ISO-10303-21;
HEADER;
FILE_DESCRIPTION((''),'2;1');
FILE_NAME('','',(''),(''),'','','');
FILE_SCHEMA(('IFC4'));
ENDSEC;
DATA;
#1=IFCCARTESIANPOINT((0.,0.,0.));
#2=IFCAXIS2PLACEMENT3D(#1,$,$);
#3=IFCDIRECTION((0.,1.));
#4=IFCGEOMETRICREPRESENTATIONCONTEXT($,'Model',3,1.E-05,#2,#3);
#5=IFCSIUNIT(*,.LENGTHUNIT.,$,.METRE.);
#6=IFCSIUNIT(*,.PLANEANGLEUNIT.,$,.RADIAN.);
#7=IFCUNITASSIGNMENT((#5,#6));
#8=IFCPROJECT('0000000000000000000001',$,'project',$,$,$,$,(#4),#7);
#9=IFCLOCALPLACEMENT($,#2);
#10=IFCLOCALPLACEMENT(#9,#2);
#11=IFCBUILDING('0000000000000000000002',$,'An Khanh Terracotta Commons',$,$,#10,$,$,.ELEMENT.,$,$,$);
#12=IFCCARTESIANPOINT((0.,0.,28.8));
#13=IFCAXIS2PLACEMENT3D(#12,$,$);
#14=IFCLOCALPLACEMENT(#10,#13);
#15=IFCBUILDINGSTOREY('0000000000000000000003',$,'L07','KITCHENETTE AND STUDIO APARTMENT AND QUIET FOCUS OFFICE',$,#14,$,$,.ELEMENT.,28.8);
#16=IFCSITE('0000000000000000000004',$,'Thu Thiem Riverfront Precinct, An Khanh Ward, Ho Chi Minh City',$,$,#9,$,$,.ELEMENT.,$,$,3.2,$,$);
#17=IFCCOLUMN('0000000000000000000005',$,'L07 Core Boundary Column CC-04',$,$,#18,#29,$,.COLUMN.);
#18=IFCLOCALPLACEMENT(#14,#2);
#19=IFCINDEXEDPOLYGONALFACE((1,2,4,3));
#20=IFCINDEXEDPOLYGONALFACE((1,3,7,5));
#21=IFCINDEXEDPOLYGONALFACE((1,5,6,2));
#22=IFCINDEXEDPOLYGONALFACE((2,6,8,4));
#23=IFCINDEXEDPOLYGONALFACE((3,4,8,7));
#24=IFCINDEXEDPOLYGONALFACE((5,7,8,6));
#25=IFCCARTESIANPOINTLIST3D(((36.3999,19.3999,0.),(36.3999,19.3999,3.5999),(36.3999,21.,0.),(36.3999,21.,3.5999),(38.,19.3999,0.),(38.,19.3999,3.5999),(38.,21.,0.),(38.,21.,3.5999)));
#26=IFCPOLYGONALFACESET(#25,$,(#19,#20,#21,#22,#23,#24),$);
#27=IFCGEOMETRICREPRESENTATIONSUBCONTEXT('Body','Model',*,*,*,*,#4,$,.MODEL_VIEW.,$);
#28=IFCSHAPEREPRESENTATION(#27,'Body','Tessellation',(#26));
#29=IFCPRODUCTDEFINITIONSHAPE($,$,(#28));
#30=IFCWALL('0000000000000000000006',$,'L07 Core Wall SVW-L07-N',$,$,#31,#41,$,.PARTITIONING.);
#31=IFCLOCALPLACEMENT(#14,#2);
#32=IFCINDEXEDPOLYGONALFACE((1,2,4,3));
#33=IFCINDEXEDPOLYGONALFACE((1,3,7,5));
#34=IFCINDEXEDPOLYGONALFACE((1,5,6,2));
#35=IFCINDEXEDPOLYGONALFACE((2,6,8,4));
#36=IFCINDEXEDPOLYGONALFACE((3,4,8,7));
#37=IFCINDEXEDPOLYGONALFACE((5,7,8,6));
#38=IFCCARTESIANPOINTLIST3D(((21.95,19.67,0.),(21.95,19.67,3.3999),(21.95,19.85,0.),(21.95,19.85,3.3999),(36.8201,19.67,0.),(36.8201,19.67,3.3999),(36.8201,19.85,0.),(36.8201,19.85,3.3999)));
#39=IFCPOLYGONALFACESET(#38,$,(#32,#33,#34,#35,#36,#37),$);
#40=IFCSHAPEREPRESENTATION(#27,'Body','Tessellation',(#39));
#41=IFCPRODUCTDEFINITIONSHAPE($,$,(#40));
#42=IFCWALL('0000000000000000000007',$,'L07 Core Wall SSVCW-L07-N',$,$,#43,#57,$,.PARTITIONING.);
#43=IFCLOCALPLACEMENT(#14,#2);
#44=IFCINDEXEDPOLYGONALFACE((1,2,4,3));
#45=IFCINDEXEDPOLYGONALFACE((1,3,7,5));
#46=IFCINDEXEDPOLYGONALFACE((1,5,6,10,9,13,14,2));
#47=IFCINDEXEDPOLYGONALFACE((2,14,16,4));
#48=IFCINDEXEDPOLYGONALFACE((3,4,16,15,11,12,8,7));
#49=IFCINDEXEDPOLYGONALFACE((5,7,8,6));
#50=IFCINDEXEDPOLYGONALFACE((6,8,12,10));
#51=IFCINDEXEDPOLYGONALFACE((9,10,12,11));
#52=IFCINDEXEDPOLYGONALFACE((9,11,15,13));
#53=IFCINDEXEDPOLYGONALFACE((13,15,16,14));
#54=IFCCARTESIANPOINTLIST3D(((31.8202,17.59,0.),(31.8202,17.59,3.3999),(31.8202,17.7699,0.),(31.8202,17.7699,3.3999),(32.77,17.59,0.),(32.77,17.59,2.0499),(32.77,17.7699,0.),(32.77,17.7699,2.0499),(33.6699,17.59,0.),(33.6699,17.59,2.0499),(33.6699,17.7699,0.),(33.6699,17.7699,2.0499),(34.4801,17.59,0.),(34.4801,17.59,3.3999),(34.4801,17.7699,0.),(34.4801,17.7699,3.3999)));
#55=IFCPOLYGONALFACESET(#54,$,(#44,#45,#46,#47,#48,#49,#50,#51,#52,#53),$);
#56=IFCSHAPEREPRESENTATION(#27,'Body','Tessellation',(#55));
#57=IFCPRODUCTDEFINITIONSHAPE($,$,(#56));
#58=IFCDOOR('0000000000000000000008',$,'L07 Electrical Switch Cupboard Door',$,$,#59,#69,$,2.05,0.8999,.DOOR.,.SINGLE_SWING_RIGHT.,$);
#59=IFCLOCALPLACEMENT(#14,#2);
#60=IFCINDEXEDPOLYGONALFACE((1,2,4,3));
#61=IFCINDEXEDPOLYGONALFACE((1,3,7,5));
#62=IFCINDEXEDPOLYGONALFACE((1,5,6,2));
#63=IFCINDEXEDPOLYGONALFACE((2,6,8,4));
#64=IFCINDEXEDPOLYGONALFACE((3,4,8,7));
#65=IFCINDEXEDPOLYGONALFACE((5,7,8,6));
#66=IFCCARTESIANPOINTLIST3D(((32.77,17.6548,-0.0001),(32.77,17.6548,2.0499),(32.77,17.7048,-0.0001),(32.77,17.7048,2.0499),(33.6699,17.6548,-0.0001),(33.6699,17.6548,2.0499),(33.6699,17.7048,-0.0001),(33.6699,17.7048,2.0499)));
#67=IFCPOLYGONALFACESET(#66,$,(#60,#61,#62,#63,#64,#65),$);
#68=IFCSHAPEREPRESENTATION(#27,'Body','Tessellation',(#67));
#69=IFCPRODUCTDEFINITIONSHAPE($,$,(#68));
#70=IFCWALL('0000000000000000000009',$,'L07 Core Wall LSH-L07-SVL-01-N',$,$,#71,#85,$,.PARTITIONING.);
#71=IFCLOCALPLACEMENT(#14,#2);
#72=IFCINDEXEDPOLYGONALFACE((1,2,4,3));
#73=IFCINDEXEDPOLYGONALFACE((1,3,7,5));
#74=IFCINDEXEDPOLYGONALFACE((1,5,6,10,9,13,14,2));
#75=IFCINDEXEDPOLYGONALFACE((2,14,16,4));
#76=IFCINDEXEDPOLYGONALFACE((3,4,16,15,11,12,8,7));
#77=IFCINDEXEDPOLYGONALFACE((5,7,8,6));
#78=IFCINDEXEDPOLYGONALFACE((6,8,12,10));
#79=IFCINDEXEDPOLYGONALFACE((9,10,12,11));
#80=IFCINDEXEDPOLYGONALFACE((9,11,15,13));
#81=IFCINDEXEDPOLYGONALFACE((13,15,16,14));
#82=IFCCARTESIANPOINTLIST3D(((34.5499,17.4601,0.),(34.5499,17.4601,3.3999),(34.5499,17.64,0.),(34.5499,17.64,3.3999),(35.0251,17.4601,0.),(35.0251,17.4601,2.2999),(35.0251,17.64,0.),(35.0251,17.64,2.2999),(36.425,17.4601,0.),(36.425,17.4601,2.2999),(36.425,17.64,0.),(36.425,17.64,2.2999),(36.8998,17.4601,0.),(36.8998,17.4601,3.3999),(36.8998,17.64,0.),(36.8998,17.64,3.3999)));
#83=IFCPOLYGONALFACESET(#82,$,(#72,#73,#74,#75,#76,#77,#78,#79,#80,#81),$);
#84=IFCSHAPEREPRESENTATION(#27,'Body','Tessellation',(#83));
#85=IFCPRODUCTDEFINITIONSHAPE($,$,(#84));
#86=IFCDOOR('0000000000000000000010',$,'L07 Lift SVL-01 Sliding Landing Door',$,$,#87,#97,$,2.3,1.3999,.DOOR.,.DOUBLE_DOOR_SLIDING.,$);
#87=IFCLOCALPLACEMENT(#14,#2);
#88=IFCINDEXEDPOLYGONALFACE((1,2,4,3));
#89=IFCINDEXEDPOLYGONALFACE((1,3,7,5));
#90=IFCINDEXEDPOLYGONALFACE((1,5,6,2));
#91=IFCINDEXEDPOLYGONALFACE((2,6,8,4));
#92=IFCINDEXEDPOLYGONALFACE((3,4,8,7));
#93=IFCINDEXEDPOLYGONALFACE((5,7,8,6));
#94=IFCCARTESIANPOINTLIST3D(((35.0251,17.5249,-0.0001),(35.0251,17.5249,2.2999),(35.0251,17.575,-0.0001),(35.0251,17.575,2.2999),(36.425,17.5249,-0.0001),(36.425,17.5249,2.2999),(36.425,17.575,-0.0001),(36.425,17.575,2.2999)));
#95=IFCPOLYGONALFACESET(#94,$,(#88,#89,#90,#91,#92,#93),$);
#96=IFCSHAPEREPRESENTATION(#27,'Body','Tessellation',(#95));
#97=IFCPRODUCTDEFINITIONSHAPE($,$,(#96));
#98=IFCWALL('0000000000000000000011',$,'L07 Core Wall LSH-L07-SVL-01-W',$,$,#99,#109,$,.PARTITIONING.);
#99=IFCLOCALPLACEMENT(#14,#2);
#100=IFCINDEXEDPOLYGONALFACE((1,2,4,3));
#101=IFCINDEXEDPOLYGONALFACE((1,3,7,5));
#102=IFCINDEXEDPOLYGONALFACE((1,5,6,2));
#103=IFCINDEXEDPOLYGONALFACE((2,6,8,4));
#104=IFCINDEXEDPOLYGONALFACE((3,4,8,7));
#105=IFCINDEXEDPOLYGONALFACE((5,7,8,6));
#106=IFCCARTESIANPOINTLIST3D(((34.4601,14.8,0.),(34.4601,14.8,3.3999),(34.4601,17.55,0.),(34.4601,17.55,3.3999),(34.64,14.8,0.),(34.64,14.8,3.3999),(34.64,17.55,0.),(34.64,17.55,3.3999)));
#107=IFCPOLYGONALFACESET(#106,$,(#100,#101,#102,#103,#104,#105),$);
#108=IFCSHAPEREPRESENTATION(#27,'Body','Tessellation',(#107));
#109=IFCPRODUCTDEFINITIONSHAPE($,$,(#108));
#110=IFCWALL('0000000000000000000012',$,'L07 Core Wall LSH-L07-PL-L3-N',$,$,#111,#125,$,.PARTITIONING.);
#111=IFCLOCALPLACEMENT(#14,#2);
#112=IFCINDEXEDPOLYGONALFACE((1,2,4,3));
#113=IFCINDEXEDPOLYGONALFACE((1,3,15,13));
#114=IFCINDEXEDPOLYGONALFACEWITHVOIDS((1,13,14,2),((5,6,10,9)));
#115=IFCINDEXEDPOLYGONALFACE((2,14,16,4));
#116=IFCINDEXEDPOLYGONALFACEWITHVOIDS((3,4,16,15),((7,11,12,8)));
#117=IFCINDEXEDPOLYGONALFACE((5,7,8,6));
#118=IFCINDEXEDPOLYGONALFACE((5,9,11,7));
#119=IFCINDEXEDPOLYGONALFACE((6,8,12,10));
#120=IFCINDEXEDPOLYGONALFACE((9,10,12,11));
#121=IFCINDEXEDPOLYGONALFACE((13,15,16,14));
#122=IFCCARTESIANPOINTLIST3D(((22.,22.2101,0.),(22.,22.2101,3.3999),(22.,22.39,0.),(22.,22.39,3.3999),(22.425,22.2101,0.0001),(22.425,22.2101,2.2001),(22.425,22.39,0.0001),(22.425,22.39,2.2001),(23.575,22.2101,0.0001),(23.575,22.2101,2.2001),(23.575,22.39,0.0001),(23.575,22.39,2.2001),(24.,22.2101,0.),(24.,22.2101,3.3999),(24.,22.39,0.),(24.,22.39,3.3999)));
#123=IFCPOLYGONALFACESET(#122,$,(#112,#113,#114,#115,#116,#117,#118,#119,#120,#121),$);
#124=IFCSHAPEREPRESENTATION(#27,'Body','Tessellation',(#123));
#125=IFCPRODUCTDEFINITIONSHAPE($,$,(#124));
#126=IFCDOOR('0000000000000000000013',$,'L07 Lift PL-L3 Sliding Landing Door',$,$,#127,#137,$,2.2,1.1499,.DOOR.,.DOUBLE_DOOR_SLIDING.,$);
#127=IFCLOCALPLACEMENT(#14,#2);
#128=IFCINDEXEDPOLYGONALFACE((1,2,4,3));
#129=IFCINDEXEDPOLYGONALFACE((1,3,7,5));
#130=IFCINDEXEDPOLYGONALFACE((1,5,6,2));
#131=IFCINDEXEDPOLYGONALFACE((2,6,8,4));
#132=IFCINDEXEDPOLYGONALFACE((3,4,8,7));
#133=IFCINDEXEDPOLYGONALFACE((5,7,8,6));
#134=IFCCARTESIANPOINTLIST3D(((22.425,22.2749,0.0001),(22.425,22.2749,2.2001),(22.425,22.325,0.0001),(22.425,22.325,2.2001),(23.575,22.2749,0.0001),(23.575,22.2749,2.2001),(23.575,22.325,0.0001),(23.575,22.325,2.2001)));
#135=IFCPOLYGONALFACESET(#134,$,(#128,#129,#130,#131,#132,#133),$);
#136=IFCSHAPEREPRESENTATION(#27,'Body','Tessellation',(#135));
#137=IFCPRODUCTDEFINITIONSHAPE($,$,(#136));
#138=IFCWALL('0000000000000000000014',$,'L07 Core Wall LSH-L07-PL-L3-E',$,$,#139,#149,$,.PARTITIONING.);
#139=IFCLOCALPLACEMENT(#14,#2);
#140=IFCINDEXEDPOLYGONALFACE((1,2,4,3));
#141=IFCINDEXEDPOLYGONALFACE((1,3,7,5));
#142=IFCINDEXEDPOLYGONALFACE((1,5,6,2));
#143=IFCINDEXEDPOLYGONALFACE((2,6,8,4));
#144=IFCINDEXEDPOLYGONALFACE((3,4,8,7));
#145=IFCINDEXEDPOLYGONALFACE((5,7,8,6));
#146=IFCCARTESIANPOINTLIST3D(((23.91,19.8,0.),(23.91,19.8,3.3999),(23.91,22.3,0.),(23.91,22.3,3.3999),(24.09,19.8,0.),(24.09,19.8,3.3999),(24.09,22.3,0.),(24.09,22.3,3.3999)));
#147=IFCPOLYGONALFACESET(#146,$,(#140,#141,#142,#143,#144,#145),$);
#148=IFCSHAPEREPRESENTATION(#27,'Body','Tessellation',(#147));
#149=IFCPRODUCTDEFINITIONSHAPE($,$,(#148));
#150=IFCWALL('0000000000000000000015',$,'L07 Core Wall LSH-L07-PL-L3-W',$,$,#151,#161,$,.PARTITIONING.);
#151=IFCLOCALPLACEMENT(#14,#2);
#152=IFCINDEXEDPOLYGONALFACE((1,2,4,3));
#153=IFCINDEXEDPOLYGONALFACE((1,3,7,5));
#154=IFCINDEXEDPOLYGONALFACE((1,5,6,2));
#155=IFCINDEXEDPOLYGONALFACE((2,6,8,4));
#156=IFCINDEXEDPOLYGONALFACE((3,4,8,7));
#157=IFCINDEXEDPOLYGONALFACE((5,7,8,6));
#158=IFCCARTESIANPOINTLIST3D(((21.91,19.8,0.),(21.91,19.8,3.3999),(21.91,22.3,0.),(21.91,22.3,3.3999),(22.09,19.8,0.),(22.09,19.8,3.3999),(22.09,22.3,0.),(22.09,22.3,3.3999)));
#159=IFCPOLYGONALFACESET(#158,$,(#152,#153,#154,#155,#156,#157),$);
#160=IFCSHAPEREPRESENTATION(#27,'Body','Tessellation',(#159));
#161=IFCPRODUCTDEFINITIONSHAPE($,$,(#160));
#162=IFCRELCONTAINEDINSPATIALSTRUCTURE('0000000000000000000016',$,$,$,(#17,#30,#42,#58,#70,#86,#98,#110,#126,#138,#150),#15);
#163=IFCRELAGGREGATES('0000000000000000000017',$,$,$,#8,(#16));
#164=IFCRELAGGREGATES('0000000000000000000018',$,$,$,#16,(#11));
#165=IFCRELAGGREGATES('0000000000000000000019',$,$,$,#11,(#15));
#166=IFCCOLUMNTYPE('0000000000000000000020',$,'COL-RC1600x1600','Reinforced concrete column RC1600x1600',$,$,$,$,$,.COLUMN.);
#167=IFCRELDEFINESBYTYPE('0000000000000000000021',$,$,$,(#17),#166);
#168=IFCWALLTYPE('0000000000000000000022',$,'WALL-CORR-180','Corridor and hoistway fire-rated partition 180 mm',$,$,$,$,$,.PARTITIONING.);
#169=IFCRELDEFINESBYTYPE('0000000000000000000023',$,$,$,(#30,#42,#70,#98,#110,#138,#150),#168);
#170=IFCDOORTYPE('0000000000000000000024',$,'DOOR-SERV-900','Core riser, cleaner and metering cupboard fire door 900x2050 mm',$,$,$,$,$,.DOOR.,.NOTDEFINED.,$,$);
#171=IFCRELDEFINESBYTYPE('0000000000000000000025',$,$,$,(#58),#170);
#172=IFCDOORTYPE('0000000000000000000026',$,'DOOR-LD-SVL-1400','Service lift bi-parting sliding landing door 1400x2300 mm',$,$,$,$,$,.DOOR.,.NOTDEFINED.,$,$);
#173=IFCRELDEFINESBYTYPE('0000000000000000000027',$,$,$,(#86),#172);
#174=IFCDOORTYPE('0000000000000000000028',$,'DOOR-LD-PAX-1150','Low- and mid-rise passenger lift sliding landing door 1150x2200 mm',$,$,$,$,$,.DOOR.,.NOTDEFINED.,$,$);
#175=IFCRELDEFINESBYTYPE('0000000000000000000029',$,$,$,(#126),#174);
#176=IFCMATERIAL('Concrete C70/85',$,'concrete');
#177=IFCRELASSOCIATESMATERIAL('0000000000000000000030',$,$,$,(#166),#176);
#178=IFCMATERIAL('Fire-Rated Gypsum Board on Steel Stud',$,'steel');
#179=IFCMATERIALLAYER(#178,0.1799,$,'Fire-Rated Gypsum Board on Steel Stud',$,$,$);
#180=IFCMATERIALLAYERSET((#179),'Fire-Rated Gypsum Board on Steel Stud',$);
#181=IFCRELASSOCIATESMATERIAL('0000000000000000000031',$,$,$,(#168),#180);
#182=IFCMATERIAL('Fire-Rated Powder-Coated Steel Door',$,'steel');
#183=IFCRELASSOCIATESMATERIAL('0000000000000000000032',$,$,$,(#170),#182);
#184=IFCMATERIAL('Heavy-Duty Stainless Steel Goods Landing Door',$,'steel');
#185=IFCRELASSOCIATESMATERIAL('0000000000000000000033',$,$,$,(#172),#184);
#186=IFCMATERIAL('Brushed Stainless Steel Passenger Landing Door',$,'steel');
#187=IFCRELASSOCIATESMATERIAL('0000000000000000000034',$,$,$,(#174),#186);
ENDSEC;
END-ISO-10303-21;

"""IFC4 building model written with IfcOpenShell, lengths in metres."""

from ifc_helpers import new_model, si_unit, direction, frame, frame_2d, origin, origin_2d, place, context, subcontext, project, spatial, rectangle, extrude, material, layer, layer_set, material_profile, profile_set, type_object, element, fill, save


model = new_model("IFC4")

# Units and contexts
model_context = context("Model", 3, precision=1e-05, world=origin(), true_north=direction((0.0, 1.0)))
body_context = subcontext(model_context, "Body", "Model", "MODEL_VIEW")
ifc_project = project(units=[si_unit("LENGTHUNIT", "METRE"), si_unit("PLANEANGLEUNIT", "RADIAN")], contexts=[model_context])

# Site, building, storey
site_placement = place(None, origin())
site = spatial("IfcSite", under=ifc_project, at=site_placement, Name="Thu Thiem Riverfront Precinct, An Khanh Ward, Ho Chi Minh City", CompositionType="ELEMENT", RefElevation=3.2)
building_placement = place(site_placement, origin())
building = spatial("IfcBuilding", under=site, at=building_placement, Name="An Khanh Terracotta Commons", CompositionType="ELEMENT")
storey_placement = place(building_placement, frame((0.0, 0.0, 28.8)))
storey = spatial("IfcBuildingStorey", under=building, at=storey_placement, Name="L07", Description="KITCHENETTE AND STUDIO APARTMENT AND QUIET FOCUS OFFICE", CompositionType="ELEMENT", Elevation=28.8)

# Column
ifc_material_1 = material(Name="Concrete C70/85", Category="concrete")
ifc_material_profile = material_profile(ifc_material_1, rectangle(XDim=1.6001, YDim=1.6001, at=origin_2d()), Name="RC1600x1600")
ifc_profile_set = profile_set([ifc_material_profile], Name="Concrete C70/85")
column_type = type_object("IfcColumnType", Name="COL-RC1600x1600", Description="Reinforced concrete column RC1600x1600", PredefinedType="COLUMN", material=ifc_profile_set)
column_placement = place(storey_placement, frame((37.2, 20.2, 0.0), z_axis=(0.0, 0.0, 1.0), x_axis=(1.0, 0.0, 0.0)))
element("IfcColumn", 1, at=column_placement, inside=storey, type_object=column_type, Name="L07 Core Boundary Column CC-04", PredefinedType="COLUMN", context=body_context, shape_type="SweptSolid", body=[
    extrude(rectangle(XDim=1.6001, YDim=1.6001, at=origin_2d()), origin(), (0.0, 0.0, 1.0), 3.5999),
])

# Wall
ifc_material_2 = material(Name="Fire-Rated Gypsum Board on Steel Stud", Category="steel")
ifc_layer_1 = layer(ifc_material_2, 0.1799, Name="Fire-Rated Gypsum Board on Steel Stud")
ifc_layer_set_1 = layer_set([ifc_layer_1], Name="Fire-Rated Gypsum Board on Steel Stud")
wall_type_1 = type_object("IfcWallType", Name="WALL-CORR-180", Description="Corridor and hoistway fire-rated partition 180 mm", PredefinedType="PARTITIONING", material=ifc_layer_set_1)
wall_1_placement = place(storey_placement, frame((21.95, 19.76, 0.0), z_axis=(0.0, 0.0, 1.0), x_axis=(1.0, 0.0, 0.0)))
element("IfcWall", 2, at=wall_1_placement, inside=storey, type_object=wall_type_1, Name="L07 Core Wall SVW-L07-N", PredefinedType="PARTITIONING", context=body_context, shape_type="SweptSolid", body=[
    extrude(rectangle(XDim=14.8701, YDim=0.1799, at=frame_2d((7.4351, 0.0))), origin(), (0.0, 0.0, 1.0), 3.3999),
])

# Walls, openings, doors
wall_2_placement = place(storey_placement, frame((31.8201, 17.6799, 0.0), z_axis=(0.0, 0.0, 1.0), x_axis=(1.0, 0.0, 0.0)))
wall_2 = element("IfcWall", 3, at=wall_2_placement, inside=storey, type_object=wall_type_1, Name="L07 Core Wall SSVCW-L07-N", PredefinedType="PARTITIONING", context=body_context, shape_type="SweptSolid", body=[
    extrude(rectangle(XDim=2.6599, YDim=0.1799, at=frame_2d((1.3301, 0.0))), origin(), (0.0, 0.0, 1.0), 3.3999),
])
opening_1_placement = place(wall_2_placement, frame((0.95, 0.0, 0.0)))
opening_1 = element("IfcOpeningElement", 4, at=opening_1_placement, cuts=wall_2, PredefinedType="OPENING", context=body_context, shape_type="SweptSolid", body=[
    extrude(rectangle(XDim=0.8999, YDim=2.05, at=frame_2d((0.45, 1.0249))), frame((0.0, 0.0999, 0.0), z_axis=(0.0, -1.0, 0.0), x_axis=(1.0, 0.0, 0.0)), (0.0, 0.0, 1.0), 0.2),
])
ifc_material_3 = material(Name="Fire-Rated Powder-Coated Steel Door", Category="steel")
door_type_1 = type_object("IfcDoorType", Name="DOOR-SERV-900", Description="Core riser, cleaner and metering cupboard fire door 900x2050 mm", OperationType="NOTDEFINED", PredefinedType="DOOR", material=ifc_material_3)
door_1_placement = place(opening_1_placement, origin())
door_1 = element("IfcDoor", 5, at=door_1_placement, inside=storey, type_object=door_type_1, Name="L07 Electrical Switch Cupboard Door", OperationType="SINGLE_SWING_RIGHT", OverallHeight=2.05, OverallWidth=0.8999, PredefinedType="DOOR", context=body_context, shape_type="SweptSolid", body=[
    extrude(rectangle(XDim=0.8999, YDim=2.05, at=frame_2d((0.45, 1.0249))), frame((0.0, 0.0249, 0.0), z_axis=(0.0, -1.0, 0.0), x_axis=(1.0, 0.0, 0.0)), (0.0, 0.0, 1.0), 0.05),
])
fill(opening_1, door_1)
wall_3_placement = place(storey_placement, frame((34.55, 17.55, 0.0), z_axis=(0.0, 0.0, 1.0), x_axis=(1.0, 0.0, 0.0)))
wall_3 = element("IfcWall", 6, at=wall_3_placement, inside=storey, type_object=wall_type_1, Name="L07 Core Wall LSH-L07-SVL-01-N", PredefinedType="PARTITIONING", context=body_context, shape_type="SweptSolid", body=[
    extrude(rectangle(XDim=2.3499, YDim=0.1799, at=frame_2d((1.1748, 0.0))), origin(), (0.0, 0.0, 1.0), 3.3999),
])
opening_2_placement = place(wall_3_placement, frame((0.4751, 0.0, 0.0)))
opening_2 = element("IfcOpeningElement", 7, at=opening_2_placement, cuts=wall_3, PredefinedType="OPENING", context=body_context, shape_type="SweptSolid", body=[
    extrude(rectangle(XDim=1.3999, YDim=2.3, at=frame_2d((0.7, 1.1499))), frame((0.0, 0.0999, 0.0), z_axis=(0.0, -1.0, 0.0), x_axis=(1.0, 0.0, 0.0)), (0.0, 0.0, 1.0), 0.2),
])
ifc_material_4 = material(Name="Heavy-Duty Stainless Steel Goods Landing Door", Category="steel")
door_type_2 = type_object("IfcDoorType", Name="DOOR-LD-SVL-1400", Description="Service lift bi-parting sliding landing door 1400x2300 mm", OperationType="NOTDEFINED", PredefinedType="DOOR", material=ifc_material_4)
door_2_placement = place(opening_2_placement, origin())
door_2 = element("IfcDoor", 8, at=door_2_placement, inside=storey, type_object=door_type_2, Name="L07 Lift SVL-01 Sliding Landing Door", OperationType="DOUBLE_DOOR_SLIDING", OverallHeight=2.3, OverallWidth=1.3999, PredefinedType="DOOR", context=body_context, shape_type="SweptSolid", body=[
    extrude(rectangle(XDim=1.3999, YDim=2.3, at=frame_2d((0.7, 1.1499))), frame((0.0, 0.0249, 0.0), z_axis=(0.0, -1.0, 0.0), x_axis=(1.0, 0.0, 0.0)), (0.0, 0.0, 1.0), 0.05),
])
fill(opening_2, door_2)

# Wall
wall_4_placement = place(storey_placement, frame((34.55, 17.55, 0.0), z_axis=(0.0, 0.0, 1.0), x_axis=(0.0, -1.0, 0.0)))
element("IfcWall", 9, at=wall_4_placement, inside=storey, type_object=wall_type_1, Name="L07 Core Wall LSH-L07-SVL-01-W", PredefinedType="PARTITIONING", context=body_context, shape_type="SweptSolid", body=[
    extrude(rectangle(XDim=2.75, YDim=0.1799, at=frame_2d((1.375, 0.0))), origin(), (0.0, 0.0, 1.0), 3.3999),
])

# Wall, opening, door
wall_5_placement = place(storey_placement, frame((22.0, 22.3, 0.0), z_axis=(0.0, 0.0, 1.0), x_axis=(1.0, 0.0, 0.0)))
wall_5 = element("IfcWall", 10, at=wall_5_placement, inside=storey, type_object=wall_type_1, Name="L07 Core Wall LSH-L07-PL-L3-N", PredefinedType="PARTITIONING", context=body_context, shape_type="SweptSolid", body=[
    extrude(rectangle(XDim=2.0, YDim=0.1799, at=frame_2d((1.0, 0.0))), origin(), (0.0, 0.0, 1.0), 3.3999),
])
opening_3_placement = place(wall_5_placement, frame((0.425, 0.0, 0.0)))
opening_3 = element("IfcOpeningElement", 11, at=opening_3_placement, cuts=wall_5, PredefinedType="OPENING", context=body_context, shape_type="SweptSolid", body=[
    extrude(rectangle(XDim=1.1499, YDim=2.2, at=frame_2d((0.575, 1.1001))), frame((0.0, 0.0999, 0.0), z_axis=(0.0, -1.0, 0.0), x_axis=(1.0, 0.0, 0.0)), (0.0, 0.0, 1.0), 0.2),
])
ifc_material_5 = material(Name="Brushed Stainless Steel Passenger Landing Door", Category="steel")
door_type_3 = type_object("IfcDoorType", Name="DOOR-LD-PAX-1150", Description="Low- and mid-rise passenger lift sliding landing door 1150x2200 mm", OperationType="NOTDEFINED", PredefinedType="DOOR", material=ifc_material_5)
door_3_placement = place(opening_3_placement, origin())
door_3 = element("IfcDoor", 12, at=door_3_placement, inside=storey, type_object=door_type_3, Name="L07 Lift PL-L3 Sliding Landing Door", OperationType="DOUBLE_DOOR_SLIDING", OverallHeight=2.2, OverallWidth=1.1499, PredefinedType="DOOR", context=body_context, shape_type="SweptSolid", body=[
    extrude(rectangle(XDim=1.1499, YDim=2.2, at=frame_2d((0.575, 1.1001))), frame((0.0, 0.0249, 0.0), z_axis=(0.0, -1.0, 0.0), x_axis=(1.0, 0.0, 0.0)), (0.0, 0.0, 1.0), 0.05),
])
fill(opening_3, door_3)

# Walls
for number, where, z_axis, x_axis, name in (
    (13, (24.0, 19.8, 0.0), (0.0, 0.0, 1.0), (0.0, 1.0, 0.0), "L07 Core Wall LSH-L07-PL-L3-E"),
    (14, (22.0, 22.3, 0.0), (0.0, 0.0, 1.0), (0.0, -1.0, 0.0), "L07 Core Wall LSH-L07-PL-L3-W"),
):
    element("IfcWall", number, at=place(storey_placement, frame(where, z_axis=z_axis, x_axis=x_axis)), inside=storey, type_object=wall_type_1, Name=name, PredefinedType="PARTITIONING", context=body_context, shape_type="SweptSolid", body=[
        extrude(rectangle(XDim=2.5, YDim=0.1799, at=frame_2d((1.25, 0.0))), origin(), (0.0, 0.0, 1.0), 3.3999),
    ])

save(model, "model.ifc")
